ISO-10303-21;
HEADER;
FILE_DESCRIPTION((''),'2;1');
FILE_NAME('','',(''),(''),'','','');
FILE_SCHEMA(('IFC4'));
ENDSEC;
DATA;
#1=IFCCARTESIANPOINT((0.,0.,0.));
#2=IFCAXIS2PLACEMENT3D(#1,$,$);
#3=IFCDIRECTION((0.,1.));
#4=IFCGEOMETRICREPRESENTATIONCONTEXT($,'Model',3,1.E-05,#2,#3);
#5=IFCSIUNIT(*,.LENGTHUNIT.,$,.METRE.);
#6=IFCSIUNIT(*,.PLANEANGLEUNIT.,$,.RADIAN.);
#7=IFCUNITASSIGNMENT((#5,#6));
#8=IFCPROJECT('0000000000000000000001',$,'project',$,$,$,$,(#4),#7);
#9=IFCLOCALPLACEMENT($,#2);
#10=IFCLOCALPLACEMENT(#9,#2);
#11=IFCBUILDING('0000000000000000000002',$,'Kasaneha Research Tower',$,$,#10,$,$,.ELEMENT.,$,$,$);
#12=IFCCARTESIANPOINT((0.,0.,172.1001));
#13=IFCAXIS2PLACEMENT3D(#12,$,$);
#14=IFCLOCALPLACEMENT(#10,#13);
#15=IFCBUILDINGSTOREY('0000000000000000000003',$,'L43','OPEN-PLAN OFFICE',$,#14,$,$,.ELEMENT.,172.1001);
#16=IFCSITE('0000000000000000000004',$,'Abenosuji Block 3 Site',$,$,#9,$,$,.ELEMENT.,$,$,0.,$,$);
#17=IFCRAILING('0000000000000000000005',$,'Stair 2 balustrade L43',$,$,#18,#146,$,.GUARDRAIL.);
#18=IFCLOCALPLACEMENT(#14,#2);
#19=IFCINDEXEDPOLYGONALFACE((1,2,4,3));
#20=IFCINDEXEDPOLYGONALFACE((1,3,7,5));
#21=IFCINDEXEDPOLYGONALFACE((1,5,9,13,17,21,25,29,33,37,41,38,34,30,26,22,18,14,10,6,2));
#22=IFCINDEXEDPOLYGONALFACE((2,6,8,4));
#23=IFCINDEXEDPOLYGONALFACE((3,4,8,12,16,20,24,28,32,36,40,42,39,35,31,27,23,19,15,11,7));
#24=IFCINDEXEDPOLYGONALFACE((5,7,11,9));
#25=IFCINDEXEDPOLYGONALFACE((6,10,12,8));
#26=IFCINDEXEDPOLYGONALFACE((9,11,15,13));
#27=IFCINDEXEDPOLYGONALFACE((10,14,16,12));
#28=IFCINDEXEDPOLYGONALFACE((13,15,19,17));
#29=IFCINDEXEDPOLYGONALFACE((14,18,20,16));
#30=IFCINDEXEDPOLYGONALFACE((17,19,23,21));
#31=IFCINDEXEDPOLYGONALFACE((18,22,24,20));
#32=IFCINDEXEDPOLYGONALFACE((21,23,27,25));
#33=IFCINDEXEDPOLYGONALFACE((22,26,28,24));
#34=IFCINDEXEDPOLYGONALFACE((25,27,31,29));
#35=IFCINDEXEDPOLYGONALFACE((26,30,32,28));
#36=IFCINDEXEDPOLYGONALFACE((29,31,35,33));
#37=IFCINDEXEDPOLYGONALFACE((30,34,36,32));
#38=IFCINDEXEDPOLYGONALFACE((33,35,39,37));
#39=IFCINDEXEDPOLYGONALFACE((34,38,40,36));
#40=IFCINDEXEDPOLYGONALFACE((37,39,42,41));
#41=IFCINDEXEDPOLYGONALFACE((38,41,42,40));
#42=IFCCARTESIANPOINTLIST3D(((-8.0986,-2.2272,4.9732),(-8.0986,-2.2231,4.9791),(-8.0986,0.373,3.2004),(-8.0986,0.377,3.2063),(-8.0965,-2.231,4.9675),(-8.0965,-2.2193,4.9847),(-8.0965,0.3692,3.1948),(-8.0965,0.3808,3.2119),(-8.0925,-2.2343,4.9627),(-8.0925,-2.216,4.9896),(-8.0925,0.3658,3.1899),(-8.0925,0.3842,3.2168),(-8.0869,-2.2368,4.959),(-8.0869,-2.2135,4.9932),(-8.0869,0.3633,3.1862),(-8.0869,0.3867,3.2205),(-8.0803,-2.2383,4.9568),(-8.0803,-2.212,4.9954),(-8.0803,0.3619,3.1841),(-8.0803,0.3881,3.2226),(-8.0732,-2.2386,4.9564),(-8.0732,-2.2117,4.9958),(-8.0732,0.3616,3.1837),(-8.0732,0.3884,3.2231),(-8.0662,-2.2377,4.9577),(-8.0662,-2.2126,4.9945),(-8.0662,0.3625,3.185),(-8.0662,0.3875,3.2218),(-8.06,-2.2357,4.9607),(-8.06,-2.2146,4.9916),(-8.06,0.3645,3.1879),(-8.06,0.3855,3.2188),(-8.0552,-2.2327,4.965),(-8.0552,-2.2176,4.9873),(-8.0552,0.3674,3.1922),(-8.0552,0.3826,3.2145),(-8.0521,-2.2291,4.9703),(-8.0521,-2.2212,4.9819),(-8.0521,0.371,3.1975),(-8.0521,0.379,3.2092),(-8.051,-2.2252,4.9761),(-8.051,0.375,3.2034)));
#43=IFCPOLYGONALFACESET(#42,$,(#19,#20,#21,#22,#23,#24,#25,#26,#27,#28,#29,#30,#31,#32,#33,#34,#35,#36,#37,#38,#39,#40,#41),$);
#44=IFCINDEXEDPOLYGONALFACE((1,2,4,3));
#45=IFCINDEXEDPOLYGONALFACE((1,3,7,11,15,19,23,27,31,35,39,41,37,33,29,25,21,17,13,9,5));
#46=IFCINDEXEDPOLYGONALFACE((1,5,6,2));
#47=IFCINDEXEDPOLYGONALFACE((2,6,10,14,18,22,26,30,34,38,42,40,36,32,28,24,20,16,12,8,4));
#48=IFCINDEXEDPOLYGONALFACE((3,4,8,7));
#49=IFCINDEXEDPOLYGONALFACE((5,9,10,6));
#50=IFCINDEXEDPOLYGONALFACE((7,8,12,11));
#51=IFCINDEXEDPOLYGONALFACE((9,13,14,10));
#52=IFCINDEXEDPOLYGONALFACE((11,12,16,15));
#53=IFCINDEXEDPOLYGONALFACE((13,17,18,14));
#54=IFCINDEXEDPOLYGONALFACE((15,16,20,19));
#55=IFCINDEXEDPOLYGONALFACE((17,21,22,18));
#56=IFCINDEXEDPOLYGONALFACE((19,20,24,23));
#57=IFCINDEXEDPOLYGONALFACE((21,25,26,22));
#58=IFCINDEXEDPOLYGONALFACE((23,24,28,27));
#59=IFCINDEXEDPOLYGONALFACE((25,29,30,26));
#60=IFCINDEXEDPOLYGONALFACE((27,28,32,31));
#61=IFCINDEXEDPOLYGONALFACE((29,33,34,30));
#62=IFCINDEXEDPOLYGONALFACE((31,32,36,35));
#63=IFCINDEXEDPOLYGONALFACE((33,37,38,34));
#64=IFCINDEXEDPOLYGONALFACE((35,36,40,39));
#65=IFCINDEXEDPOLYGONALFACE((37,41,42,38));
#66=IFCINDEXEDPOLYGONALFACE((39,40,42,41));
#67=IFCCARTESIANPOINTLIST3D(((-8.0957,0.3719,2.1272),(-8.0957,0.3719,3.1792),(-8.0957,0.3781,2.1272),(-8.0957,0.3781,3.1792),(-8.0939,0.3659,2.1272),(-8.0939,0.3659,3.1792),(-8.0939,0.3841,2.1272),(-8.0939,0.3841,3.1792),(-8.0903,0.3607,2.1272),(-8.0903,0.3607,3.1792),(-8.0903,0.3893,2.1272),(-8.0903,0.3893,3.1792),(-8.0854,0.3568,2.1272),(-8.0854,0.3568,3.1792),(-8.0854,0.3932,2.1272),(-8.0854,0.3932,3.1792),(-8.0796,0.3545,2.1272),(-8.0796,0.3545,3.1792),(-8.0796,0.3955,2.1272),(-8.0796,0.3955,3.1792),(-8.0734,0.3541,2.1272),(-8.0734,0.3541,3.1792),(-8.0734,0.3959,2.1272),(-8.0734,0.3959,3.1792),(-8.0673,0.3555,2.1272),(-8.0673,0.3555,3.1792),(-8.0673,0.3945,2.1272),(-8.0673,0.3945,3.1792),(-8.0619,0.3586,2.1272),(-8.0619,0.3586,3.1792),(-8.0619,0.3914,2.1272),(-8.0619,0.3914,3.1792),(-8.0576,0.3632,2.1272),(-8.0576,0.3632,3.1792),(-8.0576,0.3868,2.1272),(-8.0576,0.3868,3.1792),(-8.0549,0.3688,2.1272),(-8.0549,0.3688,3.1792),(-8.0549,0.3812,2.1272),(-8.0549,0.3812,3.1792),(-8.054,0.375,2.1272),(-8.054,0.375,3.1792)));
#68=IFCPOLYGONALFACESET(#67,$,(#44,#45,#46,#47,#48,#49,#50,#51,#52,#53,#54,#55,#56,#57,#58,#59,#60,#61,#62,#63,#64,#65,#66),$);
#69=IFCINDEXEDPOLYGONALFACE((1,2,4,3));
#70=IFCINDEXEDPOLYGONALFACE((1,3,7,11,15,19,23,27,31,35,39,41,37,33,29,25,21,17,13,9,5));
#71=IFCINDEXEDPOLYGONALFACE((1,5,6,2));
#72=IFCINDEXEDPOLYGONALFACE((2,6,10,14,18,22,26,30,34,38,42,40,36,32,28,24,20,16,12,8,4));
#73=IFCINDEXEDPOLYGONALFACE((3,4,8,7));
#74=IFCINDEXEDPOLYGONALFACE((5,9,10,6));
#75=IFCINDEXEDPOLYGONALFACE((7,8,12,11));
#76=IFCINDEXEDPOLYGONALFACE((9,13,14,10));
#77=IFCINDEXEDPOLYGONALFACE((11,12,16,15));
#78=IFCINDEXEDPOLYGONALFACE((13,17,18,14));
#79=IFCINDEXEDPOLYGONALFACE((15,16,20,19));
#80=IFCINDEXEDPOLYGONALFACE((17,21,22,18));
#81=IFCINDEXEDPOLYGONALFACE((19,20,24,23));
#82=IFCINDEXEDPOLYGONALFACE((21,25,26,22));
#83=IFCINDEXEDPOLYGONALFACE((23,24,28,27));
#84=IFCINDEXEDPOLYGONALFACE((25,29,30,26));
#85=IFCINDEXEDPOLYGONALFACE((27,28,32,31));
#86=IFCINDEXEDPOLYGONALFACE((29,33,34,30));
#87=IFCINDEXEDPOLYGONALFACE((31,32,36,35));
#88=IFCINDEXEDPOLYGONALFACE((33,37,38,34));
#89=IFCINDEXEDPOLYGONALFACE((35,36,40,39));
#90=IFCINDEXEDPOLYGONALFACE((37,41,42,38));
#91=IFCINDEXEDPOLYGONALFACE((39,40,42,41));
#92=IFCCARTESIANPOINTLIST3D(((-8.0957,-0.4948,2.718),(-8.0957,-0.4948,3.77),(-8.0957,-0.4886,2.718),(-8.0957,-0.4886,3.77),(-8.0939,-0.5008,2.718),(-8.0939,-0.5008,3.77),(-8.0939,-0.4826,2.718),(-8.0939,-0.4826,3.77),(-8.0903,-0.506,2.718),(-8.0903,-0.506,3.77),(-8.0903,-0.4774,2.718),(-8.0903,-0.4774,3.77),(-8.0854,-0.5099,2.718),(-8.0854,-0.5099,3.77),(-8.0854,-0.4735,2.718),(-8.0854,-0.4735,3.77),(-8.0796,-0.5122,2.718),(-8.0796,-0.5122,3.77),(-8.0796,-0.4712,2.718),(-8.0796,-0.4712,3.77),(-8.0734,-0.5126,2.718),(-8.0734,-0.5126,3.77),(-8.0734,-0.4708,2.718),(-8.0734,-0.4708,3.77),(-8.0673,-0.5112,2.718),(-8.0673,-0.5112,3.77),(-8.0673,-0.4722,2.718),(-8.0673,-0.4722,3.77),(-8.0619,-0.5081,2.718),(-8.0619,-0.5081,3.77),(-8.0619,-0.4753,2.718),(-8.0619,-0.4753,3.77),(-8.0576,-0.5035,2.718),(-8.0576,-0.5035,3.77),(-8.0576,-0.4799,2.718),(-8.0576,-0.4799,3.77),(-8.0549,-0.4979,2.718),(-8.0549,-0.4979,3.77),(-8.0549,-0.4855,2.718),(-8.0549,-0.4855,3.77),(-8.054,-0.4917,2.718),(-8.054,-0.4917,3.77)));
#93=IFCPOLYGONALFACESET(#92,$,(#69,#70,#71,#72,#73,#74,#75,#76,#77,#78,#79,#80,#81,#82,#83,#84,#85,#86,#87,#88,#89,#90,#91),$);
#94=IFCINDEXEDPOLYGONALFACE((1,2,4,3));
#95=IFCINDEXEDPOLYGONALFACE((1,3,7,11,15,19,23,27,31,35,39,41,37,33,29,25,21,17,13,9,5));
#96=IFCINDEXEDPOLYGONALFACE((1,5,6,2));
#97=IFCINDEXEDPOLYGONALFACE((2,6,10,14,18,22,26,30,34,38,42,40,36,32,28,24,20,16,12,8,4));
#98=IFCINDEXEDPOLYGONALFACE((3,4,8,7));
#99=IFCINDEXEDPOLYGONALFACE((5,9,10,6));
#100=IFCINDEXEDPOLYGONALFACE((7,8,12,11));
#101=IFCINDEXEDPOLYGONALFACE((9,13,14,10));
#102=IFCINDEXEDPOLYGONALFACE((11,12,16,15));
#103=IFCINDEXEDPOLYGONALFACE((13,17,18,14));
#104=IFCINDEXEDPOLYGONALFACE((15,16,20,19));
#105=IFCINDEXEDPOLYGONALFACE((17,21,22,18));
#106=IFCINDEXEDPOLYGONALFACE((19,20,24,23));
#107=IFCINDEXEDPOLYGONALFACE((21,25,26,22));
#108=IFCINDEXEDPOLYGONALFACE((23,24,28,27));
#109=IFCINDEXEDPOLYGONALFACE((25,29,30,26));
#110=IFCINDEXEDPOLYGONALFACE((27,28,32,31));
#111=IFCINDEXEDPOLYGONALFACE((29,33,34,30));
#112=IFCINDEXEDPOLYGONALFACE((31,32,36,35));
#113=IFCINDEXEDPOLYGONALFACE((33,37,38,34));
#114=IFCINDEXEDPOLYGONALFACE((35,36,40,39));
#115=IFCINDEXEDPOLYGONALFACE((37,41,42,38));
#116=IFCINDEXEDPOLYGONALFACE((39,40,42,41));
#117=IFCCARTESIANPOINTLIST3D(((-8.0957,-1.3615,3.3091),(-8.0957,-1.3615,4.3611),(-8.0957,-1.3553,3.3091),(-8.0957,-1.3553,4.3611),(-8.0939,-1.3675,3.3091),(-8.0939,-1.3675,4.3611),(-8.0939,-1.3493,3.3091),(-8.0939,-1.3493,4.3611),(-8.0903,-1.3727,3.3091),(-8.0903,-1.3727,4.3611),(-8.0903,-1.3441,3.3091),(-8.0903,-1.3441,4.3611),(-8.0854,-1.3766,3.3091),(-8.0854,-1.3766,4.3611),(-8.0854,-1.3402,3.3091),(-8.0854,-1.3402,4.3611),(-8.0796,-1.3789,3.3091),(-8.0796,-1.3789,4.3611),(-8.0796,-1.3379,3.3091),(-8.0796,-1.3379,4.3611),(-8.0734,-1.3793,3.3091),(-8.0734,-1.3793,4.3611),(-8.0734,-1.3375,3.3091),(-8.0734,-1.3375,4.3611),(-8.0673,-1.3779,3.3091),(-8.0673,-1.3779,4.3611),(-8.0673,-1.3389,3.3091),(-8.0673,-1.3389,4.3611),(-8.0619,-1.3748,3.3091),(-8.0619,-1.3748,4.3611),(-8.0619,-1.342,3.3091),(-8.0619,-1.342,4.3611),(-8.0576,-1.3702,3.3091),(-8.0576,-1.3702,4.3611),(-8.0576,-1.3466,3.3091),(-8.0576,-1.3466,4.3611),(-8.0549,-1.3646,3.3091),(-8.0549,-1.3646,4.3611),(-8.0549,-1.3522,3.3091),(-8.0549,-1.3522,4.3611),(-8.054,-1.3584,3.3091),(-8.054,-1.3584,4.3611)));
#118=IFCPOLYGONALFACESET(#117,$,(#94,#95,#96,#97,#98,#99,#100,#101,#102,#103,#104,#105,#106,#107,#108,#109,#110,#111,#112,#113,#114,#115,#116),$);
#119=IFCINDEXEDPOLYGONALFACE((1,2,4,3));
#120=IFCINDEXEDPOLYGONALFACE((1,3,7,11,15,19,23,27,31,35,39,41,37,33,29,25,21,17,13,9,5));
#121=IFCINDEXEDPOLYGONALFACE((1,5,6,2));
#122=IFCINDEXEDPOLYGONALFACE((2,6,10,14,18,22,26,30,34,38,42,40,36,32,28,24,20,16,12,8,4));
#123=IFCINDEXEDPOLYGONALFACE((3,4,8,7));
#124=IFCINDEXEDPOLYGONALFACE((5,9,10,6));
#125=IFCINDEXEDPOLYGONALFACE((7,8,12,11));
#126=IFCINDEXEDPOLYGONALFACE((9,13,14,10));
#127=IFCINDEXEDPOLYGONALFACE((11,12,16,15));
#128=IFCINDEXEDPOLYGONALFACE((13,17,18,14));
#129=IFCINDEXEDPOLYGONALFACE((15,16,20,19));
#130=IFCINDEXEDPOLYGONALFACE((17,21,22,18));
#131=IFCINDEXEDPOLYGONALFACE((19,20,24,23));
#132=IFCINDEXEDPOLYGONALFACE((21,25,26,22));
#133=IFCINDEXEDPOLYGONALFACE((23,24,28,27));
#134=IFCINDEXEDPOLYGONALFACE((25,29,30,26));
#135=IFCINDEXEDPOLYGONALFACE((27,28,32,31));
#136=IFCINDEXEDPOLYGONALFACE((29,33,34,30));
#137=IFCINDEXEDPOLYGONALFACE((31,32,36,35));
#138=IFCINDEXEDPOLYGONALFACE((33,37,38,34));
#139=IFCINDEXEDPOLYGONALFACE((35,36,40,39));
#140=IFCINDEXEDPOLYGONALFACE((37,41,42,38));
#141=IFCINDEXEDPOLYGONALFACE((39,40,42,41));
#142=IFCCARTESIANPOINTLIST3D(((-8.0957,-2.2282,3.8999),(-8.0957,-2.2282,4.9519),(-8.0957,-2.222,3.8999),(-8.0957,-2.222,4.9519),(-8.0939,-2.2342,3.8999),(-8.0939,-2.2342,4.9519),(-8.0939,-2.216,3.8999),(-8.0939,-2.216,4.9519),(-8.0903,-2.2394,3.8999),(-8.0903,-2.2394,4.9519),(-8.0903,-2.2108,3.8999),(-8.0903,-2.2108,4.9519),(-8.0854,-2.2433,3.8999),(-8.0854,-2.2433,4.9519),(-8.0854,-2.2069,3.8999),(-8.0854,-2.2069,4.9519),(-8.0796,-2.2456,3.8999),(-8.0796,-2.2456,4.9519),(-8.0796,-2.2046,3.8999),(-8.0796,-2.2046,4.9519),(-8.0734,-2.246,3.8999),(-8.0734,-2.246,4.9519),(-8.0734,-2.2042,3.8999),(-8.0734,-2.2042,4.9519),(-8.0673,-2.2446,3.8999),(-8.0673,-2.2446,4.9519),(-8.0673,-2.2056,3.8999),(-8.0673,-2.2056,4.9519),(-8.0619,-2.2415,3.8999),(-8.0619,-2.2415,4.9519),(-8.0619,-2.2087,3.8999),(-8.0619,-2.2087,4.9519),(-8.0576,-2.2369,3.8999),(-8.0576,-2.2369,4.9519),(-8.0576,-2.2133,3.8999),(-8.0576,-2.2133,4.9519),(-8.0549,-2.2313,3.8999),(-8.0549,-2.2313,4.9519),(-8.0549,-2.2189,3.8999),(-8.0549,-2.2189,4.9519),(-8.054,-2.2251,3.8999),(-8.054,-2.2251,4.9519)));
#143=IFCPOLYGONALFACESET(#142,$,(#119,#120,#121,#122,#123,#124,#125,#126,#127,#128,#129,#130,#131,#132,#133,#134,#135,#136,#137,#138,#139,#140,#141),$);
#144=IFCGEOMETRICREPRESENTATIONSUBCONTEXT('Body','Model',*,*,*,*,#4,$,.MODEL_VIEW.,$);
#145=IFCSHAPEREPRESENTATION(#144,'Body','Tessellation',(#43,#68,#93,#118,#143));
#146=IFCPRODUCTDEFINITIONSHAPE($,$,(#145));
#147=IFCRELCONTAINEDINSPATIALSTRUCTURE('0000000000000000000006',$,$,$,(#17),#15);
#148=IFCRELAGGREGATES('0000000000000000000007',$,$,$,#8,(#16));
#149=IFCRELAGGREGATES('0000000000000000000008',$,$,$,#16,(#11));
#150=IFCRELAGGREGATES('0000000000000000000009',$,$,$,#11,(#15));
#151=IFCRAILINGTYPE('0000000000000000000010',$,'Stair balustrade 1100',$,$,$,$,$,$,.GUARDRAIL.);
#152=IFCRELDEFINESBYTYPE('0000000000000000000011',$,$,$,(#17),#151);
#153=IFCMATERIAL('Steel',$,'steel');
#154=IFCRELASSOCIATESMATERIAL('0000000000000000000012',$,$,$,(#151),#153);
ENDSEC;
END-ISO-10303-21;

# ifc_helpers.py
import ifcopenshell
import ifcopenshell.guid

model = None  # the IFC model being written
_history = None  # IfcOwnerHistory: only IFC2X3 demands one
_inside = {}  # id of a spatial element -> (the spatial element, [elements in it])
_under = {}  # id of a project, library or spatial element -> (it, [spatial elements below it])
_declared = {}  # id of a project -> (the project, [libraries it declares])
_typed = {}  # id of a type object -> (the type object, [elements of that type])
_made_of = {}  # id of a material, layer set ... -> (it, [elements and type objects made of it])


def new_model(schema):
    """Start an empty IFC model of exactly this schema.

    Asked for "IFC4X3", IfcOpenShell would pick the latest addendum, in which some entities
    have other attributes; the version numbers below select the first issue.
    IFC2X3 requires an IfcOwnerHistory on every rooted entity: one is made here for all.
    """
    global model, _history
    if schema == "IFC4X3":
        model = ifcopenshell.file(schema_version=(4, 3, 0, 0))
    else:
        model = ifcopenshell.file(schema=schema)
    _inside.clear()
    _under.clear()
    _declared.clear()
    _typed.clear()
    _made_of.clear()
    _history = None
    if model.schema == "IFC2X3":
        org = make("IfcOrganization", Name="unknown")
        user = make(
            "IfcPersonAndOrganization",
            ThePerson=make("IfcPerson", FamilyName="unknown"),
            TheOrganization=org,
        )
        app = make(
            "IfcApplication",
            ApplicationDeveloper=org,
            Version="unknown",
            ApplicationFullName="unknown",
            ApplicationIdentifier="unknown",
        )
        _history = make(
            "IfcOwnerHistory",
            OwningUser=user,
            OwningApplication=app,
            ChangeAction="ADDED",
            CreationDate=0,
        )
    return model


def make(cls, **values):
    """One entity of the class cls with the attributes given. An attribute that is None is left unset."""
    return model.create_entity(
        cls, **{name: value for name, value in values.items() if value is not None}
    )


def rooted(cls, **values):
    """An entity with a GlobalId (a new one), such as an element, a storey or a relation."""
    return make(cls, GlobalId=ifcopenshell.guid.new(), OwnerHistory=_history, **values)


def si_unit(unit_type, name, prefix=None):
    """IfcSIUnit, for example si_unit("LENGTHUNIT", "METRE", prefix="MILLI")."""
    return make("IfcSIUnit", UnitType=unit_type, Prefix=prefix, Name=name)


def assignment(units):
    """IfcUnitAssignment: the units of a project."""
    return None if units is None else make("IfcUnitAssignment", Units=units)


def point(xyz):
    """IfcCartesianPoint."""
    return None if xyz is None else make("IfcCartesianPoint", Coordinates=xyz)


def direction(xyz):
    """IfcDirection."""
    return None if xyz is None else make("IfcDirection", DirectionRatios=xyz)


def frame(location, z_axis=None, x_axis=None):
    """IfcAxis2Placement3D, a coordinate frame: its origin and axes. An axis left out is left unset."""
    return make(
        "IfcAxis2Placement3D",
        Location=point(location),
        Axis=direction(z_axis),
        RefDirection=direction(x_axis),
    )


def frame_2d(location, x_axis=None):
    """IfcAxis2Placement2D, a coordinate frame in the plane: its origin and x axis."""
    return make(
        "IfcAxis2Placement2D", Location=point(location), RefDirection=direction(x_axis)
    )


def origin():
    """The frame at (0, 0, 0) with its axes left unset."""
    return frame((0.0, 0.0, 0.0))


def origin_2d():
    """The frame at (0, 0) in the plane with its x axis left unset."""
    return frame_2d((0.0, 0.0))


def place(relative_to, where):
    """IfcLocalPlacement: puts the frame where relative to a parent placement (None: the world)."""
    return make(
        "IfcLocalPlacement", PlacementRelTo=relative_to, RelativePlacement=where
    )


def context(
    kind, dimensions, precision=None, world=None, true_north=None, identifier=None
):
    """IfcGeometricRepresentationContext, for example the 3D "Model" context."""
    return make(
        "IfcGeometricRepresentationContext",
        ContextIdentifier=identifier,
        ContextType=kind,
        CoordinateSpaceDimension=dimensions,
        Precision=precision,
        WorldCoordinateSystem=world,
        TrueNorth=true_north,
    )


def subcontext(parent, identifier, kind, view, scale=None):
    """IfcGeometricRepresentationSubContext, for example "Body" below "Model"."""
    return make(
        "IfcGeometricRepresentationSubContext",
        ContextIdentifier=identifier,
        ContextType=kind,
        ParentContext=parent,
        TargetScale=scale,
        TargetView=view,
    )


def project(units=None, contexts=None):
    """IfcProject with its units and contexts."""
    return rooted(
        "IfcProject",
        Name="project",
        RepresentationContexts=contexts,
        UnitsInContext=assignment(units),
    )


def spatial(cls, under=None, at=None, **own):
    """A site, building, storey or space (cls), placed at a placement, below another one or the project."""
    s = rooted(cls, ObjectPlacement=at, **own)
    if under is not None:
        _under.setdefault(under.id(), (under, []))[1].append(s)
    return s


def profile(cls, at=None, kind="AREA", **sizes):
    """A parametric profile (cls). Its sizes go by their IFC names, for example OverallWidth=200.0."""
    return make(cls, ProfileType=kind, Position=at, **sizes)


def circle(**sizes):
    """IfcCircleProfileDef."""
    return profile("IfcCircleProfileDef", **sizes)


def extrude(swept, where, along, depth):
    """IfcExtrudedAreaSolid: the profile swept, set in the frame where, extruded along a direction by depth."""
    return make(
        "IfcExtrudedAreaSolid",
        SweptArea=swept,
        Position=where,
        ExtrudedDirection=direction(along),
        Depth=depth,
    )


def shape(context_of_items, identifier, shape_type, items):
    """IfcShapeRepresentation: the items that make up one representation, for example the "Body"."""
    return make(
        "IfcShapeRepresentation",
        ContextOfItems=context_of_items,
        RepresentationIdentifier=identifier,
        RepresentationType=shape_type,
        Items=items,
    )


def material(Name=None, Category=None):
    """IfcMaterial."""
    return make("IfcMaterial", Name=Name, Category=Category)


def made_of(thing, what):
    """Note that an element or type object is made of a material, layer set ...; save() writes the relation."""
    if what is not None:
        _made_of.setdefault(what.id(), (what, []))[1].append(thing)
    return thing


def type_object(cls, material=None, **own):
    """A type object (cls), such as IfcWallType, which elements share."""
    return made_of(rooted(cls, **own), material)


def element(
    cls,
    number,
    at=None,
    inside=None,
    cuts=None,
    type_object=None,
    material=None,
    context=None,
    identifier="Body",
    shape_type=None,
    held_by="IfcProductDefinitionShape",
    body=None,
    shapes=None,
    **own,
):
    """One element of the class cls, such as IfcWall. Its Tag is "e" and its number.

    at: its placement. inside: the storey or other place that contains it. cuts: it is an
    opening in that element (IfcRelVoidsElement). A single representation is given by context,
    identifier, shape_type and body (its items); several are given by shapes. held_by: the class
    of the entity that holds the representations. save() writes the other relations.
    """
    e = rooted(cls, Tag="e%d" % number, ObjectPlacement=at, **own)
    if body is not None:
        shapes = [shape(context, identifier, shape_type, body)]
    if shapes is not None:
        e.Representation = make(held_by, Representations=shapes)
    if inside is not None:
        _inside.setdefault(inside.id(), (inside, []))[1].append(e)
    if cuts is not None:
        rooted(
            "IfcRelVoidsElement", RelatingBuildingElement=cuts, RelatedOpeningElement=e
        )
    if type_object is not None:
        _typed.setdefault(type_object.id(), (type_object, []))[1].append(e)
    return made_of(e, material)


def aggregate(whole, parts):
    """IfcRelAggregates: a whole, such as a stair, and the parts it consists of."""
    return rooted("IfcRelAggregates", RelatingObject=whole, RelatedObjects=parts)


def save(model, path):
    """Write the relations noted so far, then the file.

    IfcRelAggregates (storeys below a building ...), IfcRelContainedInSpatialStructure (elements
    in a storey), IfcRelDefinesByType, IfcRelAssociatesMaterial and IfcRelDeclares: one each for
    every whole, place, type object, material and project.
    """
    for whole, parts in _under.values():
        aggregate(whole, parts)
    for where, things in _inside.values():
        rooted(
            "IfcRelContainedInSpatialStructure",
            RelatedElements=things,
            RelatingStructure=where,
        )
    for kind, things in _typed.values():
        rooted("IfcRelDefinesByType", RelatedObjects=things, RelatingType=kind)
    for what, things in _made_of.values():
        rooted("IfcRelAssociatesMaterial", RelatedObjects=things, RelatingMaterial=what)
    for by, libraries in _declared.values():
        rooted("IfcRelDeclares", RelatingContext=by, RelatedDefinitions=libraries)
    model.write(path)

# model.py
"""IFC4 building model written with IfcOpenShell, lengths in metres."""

from ifc_helpers import new_model, si_unit, direction, frame, origin, origin_2d, place, context, subcontext, project, spatial, circle, extrude, material, type_object, element, save


model = new_model("IFC4")

# Units and contexts
model_context = context("Model", 3, precision=1e-05, world=origin(), true_north=direction((0.0, 1.0)))
body_context = subcontext(model_context, "Body", "Model", "MODEL_VIEW")
ifc_project = project(units=[si_unit("LENGTHUNIT", "METRE"), si_unit("PLANEANGLEUNIT", "RADIAN")], contexts=[model_context])

# Site, building, storey
site_placement = place(None, origin())
site = spatial("IfcSite", under=ifc_project, at=site_placement, Name="Abenosuji Block 3 Site", CompositionType="ELEMENT", RefElevation=0.0)
building_placement = place(site_placement, origin())
building = spatial("IfcBuilding", under=site, at=building_placement, Name="Kasaneha Research Tower", CompositionType="ELEMENT")
storey_placement = place(building_placement, frame((0.0, 0.0, 172.1001)))
storey = spatial("IfcBuildingStorey", under=building, at=storey_placement, Name="L43", Description="OPEN-PLAN OFFICE", CompositionType="ELEMENT", Elevation=172.1001)

# Railing
ifc_material_1 = material(Name="Steel", Category="steel")
railing_type_1 = type_object("IfcRailingType", Name="Stair balustrade 1100", PredefinedType="GUARDRAIL", material=ifc_material_1)
railing_1_placement = place(storey_placement, frame((-8.075, 0.375, 2.1272)))
element("IfcRailing", 1, at=railing_1_placement, inside=storey, type_object=railing_type_1, Name="Stair 2 balustrade L43", PredefinedType="GUARDRAIL", context=body_context, shape_type="SweptSolid", body=[
    extrude(circle(Radius=0.0239, at=origin_2d()), frame((0.0, 0.0, 1.0762), z_axis=(0.0, -0.82624, 0.563318), x_axis=(1.0, 0.0, 0.0)), (0.0, 0.0, 1.0), 3.147),
    extrude(circle(Radius=0.021, at=origin_2d()), origin(), (0.0, 0.0, 1.0), 1.052),
    extrude(circle(Radius=0.021, at=origin_2d()), frame((0.0, -0.8667, 0.5908)), (0.0, 0.0, 1.0), 1.052),
    extrude(circle(Radius=0.021, at=origin_2d()), frame((0.0, -1.7334, 1.1819)), (0.0, 0.0, 1.0), 1.052),
    extrude(circle(Radius=0.021, at=origin_2d()), frame((0.0, -2.6001, 1.7727)), (0.0, 0.0, 1.0), 1.052),
])

save(model, "model.ifc")
